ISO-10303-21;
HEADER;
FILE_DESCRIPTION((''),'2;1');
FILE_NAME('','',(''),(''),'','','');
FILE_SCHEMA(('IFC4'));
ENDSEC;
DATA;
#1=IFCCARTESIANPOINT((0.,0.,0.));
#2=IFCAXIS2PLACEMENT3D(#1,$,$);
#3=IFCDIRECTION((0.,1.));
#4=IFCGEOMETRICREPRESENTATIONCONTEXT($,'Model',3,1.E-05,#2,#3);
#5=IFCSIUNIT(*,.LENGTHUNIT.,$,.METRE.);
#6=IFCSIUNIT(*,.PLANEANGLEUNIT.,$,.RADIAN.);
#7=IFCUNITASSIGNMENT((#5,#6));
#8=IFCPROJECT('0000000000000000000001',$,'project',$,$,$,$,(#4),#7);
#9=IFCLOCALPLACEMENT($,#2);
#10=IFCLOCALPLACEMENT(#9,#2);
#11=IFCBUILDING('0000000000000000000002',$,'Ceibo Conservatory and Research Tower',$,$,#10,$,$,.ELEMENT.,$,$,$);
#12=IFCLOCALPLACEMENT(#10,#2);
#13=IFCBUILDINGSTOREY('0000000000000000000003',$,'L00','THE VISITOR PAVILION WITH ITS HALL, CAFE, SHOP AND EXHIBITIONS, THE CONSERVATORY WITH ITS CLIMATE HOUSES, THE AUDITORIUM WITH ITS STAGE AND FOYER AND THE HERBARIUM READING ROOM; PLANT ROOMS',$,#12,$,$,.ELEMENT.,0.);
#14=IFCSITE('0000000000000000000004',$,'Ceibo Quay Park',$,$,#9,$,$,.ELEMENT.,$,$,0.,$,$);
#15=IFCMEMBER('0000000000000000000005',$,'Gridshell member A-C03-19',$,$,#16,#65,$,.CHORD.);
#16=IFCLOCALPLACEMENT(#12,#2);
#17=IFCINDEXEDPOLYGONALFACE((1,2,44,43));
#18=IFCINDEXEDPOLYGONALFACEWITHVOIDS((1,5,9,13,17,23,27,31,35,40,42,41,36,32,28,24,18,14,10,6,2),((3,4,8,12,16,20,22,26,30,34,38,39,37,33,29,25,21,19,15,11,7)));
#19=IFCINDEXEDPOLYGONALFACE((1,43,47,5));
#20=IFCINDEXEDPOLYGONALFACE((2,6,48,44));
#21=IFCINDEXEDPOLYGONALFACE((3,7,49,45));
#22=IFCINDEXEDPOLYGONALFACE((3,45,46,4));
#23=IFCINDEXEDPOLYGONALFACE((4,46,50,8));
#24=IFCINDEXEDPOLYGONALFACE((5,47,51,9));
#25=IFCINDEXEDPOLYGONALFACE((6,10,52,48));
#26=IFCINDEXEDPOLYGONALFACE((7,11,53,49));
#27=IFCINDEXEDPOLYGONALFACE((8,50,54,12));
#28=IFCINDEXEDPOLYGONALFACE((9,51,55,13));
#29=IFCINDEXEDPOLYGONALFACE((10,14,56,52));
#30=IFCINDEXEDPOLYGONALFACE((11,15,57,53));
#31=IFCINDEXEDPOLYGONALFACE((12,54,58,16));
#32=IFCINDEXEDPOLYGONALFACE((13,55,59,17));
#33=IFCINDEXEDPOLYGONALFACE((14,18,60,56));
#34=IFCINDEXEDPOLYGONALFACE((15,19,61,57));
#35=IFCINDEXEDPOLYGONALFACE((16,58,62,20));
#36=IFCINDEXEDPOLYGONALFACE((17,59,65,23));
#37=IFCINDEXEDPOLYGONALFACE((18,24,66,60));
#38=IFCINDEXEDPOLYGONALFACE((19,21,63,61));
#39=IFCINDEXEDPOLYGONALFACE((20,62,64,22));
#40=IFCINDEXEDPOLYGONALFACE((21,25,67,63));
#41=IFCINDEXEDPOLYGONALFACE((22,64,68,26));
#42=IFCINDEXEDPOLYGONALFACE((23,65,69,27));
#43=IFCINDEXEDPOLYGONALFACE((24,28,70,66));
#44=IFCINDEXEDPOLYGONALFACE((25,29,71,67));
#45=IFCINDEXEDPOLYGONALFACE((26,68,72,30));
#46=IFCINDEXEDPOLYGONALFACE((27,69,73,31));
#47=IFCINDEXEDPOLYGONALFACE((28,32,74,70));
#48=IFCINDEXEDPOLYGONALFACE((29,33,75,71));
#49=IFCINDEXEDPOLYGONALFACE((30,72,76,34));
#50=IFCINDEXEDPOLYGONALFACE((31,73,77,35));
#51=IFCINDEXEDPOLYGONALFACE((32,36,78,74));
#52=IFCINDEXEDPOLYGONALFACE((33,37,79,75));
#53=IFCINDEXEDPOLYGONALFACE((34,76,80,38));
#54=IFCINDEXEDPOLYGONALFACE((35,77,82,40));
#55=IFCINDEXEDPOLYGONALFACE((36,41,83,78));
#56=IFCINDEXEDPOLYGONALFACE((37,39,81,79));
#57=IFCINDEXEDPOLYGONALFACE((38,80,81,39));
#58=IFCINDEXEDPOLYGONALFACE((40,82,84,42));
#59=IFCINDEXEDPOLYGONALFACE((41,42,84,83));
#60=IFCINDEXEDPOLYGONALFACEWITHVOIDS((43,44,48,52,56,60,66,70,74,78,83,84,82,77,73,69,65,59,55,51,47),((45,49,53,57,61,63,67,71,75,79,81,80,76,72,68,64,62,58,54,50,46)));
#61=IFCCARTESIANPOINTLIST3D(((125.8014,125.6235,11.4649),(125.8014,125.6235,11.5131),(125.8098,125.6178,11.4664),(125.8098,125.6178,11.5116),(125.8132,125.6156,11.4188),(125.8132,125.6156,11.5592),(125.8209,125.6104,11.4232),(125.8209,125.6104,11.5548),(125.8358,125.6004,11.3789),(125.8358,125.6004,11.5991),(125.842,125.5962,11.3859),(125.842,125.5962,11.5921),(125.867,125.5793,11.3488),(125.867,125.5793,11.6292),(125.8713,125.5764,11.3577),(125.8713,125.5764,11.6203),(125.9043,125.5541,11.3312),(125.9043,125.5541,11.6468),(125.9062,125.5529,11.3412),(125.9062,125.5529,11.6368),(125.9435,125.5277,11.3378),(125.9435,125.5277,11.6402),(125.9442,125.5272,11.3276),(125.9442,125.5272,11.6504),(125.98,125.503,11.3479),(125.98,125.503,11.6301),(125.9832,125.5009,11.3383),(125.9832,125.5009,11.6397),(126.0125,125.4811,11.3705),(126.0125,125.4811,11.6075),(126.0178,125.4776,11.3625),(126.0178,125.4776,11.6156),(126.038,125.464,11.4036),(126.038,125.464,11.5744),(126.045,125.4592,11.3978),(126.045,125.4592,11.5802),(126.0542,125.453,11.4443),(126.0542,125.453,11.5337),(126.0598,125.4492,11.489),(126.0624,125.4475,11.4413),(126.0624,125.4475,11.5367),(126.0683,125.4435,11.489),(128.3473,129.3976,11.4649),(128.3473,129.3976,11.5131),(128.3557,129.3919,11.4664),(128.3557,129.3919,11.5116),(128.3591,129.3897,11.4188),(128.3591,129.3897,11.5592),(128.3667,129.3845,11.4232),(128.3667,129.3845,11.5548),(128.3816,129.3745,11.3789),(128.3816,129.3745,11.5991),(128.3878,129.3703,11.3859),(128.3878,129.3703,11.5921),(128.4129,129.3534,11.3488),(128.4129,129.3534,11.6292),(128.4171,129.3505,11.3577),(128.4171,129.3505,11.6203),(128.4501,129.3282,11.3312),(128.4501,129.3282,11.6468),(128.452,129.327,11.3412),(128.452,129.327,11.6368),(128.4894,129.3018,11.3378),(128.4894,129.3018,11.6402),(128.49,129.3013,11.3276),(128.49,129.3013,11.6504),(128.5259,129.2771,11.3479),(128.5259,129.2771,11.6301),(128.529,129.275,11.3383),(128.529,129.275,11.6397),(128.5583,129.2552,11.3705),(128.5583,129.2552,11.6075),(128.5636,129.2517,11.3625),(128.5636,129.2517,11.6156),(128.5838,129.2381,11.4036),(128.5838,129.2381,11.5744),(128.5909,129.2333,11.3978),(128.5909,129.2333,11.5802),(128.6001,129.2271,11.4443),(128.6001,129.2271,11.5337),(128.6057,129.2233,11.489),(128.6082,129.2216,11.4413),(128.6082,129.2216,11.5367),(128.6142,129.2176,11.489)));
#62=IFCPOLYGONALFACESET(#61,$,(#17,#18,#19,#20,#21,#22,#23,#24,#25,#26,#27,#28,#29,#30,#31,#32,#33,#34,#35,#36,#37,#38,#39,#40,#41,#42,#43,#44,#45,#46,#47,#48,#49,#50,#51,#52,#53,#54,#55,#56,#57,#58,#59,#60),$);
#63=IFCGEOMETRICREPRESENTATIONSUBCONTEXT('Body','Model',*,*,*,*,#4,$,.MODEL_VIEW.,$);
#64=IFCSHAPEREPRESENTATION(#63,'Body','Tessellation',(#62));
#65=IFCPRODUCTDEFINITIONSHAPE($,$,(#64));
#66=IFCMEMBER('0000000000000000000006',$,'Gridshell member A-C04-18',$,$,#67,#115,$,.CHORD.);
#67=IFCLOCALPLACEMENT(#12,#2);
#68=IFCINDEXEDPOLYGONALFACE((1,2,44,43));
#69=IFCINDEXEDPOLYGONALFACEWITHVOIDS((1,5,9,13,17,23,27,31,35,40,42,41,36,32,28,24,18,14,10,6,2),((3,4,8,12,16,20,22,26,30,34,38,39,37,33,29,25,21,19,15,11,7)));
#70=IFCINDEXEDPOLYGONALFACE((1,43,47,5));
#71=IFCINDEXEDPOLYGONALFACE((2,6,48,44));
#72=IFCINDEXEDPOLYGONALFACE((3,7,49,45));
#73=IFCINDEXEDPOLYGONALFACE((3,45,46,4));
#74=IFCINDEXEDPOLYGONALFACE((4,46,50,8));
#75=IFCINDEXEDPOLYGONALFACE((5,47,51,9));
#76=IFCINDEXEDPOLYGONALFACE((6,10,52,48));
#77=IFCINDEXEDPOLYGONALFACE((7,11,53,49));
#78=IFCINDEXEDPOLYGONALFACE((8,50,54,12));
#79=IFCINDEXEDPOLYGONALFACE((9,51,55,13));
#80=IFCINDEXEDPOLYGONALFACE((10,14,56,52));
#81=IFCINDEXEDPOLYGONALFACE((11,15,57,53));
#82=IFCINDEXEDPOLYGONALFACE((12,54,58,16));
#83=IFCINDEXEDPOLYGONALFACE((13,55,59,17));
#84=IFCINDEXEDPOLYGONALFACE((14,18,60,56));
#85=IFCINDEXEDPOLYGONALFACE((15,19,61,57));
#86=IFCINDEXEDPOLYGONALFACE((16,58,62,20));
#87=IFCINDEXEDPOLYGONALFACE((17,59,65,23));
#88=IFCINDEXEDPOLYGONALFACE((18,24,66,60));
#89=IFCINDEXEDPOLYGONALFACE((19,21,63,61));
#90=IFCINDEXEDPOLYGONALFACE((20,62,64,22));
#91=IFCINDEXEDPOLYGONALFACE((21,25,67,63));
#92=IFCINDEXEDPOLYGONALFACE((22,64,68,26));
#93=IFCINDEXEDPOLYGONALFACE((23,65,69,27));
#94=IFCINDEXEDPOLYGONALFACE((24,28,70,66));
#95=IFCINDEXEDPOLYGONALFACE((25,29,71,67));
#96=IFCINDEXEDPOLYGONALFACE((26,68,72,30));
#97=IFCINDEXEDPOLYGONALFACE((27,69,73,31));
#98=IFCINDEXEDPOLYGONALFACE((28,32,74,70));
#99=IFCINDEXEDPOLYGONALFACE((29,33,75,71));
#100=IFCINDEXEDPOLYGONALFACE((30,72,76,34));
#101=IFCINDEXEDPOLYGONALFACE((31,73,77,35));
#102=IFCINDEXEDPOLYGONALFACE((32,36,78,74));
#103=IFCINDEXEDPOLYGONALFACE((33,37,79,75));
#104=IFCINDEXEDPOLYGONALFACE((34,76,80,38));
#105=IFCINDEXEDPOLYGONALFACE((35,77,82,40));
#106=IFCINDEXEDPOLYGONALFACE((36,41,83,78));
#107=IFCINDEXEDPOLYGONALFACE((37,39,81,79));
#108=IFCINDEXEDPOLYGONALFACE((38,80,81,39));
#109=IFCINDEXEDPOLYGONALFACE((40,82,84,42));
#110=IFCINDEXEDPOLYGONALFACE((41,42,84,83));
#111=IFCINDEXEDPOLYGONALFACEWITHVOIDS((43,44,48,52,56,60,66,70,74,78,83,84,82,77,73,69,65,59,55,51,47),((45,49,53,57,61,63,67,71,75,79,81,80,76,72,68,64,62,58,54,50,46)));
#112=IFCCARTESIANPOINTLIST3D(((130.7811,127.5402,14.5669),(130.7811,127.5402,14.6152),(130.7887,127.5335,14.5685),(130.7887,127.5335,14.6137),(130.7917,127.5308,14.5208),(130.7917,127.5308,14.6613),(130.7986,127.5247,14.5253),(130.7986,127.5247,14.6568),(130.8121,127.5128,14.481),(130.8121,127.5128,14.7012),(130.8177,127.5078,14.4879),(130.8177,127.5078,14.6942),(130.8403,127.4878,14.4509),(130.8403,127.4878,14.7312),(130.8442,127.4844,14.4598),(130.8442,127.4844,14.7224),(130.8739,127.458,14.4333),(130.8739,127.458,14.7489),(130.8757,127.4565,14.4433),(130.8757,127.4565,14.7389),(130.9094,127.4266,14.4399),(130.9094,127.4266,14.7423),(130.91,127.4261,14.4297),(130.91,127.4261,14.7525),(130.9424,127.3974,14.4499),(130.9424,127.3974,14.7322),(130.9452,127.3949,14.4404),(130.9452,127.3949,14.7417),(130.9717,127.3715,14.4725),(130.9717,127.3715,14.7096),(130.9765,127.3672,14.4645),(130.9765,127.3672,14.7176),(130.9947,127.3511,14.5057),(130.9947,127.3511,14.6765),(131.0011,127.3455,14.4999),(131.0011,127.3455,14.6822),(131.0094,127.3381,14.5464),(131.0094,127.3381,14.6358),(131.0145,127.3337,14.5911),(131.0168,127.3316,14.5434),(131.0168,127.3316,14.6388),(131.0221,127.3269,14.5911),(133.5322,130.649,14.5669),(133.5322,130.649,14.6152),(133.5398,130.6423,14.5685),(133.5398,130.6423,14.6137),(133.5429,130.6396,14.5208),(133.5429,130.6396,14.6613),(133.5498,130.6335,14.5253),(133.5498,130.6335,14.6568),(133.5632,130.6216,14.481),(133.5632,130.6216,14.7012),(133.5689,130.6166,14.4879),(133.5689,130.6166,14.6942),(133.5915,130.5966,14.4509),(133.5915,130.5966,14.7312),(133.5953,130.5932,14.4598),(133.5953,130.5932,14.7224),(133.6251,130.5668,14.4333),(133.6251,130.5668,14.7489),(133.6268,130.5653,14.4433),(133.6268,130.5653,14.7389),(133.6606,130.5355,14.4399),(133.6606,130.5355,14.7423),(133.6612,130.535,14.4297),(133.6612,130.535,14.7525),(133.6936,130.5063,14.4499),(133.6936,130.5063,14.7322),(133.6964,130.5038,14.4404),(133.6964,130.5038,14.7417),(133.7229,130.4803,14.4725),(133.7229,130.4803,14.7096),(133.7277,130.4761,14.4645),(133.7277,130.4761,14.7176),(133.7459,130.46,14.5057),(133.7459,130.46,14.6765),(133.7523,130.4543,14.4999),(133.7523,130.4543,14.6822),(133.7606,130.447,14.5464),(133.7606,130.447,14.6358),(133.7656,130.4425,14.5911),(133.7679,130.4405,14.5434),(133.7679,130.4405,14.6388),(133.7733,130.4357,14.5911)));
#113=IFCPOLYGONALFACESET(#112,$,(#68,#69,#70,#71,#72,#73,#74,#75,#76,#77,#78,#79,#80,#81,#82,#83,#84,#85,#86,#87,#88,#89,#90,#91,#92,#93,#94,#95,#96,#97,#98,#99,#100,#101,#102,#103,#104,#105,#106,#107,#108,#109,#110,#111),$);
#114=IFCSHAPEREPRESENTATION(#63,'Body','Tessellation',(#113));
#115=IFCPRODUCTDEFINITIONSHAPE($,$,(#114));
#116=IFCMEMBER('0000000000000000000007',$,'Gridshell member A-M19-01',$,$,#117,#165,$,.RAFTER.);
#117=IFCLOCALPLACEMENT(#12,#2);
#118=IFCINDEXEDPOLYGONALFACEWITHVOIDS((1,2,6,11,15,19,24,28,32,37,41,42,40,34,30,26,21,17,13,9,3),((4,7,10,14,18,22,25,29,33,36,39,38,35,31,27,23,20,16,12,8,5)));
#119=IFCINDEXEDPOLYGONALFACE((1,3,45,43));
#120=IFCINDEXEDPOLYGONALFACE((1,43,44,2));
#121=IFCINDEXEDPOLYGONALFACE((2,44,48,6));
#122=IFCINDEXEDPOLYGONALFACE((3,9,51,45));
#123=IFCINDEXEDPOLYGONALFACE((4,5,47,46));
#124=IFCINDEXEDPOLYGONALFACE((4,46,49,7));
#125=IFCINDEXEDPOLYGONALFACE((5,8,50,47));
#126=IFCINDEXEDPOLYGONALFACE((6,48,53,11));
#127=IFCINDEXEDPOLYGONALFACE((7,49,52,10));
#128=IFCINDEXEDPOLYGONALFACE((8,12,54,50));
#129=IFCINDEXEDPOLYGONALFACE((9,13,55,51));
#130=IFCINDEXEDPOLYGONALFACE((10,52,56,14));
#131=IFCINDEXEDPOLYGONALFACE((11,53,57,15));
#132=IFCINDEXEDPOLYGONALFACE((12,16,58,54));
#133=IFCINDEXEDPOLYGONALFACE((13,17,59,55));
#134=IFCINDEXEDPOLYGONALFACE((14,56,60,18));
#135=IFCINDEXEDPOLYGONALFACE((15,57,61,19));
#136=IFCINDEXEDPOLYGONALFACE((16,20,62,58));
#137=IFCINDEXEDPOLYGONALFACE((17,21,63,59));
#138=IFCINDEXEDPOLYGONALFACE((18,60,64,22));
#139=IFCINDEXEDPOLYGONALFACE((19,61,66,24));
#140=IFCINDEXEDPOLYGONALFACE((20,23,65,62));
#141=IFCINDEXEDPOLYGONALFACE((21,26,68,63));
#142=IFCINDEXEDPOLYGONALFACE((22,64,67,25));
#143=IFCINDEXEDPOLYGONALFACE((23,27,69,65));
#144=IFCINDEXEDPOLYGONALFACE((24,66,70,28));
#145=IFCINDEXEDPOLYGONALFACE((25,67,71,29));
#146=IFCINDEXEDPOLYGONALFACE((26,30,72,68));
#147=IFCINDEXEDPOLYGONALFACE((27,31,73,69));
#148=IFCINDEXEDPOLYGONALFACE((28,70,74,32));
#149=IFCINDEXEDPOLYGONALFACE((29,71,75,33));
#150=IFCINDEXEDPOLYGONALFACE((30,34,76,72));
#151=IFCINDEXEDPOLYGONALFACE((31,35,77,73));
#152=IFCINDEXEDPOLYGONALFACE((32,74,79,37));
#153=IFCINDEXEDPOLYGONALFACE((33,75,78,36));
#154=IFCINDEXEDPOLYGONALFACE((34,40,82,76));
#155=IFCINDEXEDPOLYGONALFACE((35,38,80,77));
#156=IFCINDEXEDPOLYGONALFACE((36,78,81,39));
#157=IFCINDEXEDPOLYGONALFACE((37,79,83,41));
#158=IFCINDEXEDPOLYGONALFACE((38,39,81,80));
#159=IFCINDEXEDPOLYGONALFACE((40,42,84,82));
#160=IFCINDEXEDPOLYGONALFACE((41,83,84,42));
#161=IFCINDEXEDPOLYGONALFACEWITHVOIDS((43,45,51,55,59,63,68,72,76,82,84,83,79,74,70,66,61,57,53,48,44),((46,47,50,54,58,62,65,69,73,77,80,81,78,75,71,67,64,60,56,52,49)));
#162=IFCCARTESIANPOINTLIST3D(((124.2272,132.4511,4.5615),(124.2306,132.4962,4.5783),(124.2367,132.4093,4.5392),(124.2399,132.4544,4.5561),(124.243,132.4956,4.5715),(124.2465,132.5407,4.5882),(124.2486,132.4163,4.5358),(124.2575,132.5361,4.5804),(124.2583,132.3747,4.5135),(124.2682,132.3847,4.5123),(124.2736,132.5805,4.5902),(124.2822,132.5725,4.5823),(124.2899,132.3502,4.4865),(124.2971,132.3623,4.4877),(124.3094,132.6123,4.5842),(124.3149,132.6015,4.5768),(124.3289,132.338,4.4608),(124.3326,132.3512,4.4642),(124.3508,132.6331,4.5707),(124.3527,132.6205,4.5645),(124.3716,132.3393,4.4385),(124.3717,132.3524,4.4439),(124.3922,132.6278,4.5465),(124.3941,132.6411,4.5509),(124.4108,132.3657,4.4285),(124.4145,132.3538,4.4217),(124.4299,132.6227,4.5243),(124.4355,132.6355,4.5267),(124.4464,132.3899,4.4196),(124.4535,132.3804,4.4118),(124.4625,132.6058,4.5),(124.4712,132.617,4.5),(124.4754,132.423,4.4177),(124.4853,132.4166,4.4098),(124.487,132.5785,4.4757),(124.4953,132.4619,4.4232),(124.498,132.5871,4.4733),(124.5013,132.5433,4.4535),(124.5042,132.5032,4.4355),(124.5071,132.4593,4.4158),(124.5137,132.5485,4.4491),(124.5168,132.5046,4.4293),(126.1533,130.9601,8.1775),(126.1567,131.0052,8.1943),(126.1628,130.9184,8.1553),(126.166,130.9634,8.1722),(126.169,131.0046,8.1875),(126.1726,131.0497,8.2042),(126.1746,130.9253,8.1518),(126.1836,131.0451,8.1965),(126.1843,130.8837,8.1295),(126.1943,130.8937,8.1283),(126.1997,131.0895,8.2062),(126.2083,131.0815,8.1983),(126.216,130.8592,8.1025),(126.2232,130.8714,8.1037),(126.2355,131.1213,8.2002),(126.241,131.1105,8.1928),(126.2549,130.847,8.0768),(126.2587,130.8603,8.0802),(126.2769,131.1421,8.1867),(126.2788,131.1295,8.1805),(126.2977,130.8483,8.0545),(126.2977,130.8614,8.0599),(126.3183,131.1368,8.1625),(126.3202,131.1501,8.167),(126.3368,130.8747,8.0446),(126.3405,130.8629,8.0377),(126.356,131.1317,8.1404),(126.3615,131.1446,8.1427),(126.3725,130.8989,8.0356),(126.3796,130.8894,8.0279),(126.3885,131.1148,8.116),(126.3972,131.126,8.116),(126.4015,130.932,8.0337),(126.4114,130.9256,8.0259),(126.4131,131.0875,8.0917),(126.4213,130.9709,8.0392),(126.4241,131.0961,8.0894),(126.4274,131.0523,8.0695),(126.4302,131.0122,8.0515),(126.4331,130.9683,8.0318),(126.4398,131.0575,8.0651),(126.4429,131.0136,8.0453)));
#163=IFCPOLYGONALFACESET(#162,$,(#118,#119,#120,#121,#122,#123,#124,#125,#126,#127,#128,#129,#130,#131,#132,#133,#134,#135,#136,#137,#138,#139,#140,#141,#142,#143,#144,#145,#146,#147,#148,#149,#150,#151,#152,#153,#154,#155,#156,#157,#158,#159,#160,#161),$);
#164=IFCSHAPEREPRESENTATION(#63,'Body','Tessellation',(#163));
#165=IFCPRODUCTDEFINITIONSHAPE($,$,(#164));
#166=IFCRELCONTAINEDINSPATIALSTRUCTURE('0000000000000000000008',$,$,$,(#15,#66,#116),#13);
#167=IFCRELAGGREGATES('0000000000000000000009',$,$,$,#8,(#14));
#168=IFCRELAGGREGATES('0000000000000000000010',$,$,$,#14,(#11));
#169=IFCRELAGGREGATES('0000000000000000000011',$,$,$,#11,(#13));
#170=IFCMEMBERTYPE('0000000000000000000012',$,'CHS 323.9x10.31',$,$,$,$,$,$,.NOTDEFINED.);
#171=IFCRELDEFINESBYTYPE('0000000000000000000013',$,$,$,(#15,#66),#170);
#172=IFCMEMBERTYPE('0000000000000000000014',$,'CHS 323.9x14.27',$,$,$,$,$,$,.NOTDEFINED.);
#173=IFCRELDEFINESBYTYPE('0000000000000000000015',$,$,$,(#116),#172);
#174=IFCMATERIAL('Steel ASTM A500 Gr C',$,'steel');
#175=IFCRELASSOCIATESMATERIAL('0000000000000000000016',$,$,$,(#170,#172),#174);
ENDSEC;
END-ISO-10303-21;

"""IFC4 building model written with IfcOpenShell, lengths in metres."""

from ifc_helpers import new_model, si_unit, direction, frame, origin, origin_2d, place, context, subcontext, project, spatial, hollow_circle, extrude, material, material_profile, profile_set, type_object, element, save


model = new_model("IFC4")

# Units and contexts
model_context = context("Model", 3, precision=1e-05, world=origin(), true_north=direction((0.0, 1.0)))
body_context = subcontext(model_context, "Body", "Model", "MODEL_VIEW")
ifc_project = project(units=[si_unit("LENGTHUNIT", "METRE"), si_unit("PLANEANGLEUNIT", "RADIAN")], contexts=[model_context])

# Site, building, storey
site_placement = place(None, origin())
site = spatial("IfcSite", under=ifc_project, at=site_placement, Name="Ceibo Quay Park", CompositionType="ELEMENT", RefElevation=0.0)
building_placement = place(site_placement, origin())
building = spatial("IfcBuilding", under=site, at=building_placement, Name="Ceibo Conservatory and Research Tower", CompositionType="ELEMENT")
storey_placement = place(building_placement, origin())
storey = spatial("IfcBuildingStorey", under=building, at=storey_placement, Name="L00", Description="THE VISITOR PAVILION WITH ITS HALL, CAFE, SHOP AND EXHIBITIONS, THE CONSERVATORY WITH ITS CLIMATE HOUSES, THE AUDITORIUM WITH ITS STAGE AND FOYER AND THE HERBARIUM READING ROOM; PLANT ROOMS", CompositionType="ELEMENT", Elevation=0.0)

# Members
ifc_material_1 = material(Name="Steel ASTM A500 Gr C", Category="steel")
ifc_material_profile_1 = material_profile(ifc_material_1, hollow_circle(Radius=0.1619, WallThickness=0.0103, at=origin_2d()), Name="CHS 323.9x10.31")
ifc_profile_set_1 = profile_set([ifc_material_profile_1], Name="Steel ASTM A500 Gr C")
member_type_1 = type_object("IfcMemberType", Name="CHS 323.9x10.31", PredefinedType="NOTDEFINED", material=ifc_profile_set_1)
member_1_placement = place(storey_placement, frame((128.48, 129.3081, 11.489), z_axis=(-0.559221, -0.829018, 0.0), x_axis=(0.829018, -0.559221, 0.0)))
element("IfcMember", 1, at=member_1_placement, inside=storey, type_object=member_type_1, Name="Gridshell member A-C03-19", PredefinedType="CHORD", context=body_context, shape_type="SweptSolid", body=[
    extrude(hollow_circle(Radius=0.1619, WallThickness=0.0103, at=origin_2d()), origin(), (0.0, 0.0, 1.0), 4.5525),
])
member_2_placement = place(storey_placement, frame((133.6521, 130.543, 14.5911), z_axis=(-0.662716, -0.748871, 0.0), x_axis=(0.748871, -0.662716, 0.0)))
element("IfcMember", 2, at=member_2_placement, inside=storey, type_object=member_type_1, Name="Gridshell member A-C04-18", PredefinedType="CHORD", context=body_context, shape_type="SweptSolid", body=[
    extrude(hollow_circle(Radius=0.1619, WallThickness=0.0103, at=origin_2d()), origin(), (0.0, 0.0, 1.0), 4.1514),
])
ifc_material_profile_2 = material_profile(ifc_material_1, hollow_circle(Radius=0.1619, WallThickness=0.0142, at=origin_2d()), Name="CHS 323.9x14.27")
ifc_profile_set_2 = profile_set([ifc_material_profile_2], Name="Steel ASTM A500 Gr C")
member_type_2 = type_object("IfcMemberType", Name="CHS 323.9x14.27", PredefinedType="NOTDEFINED", material=ifc_profile_set_2)
member_3_placement = place(storey_placement, frame((124.3721, 132.489, 4.5), z_axis=(0.44177, -0.341981, 0.82939), x_axis=(0.612135, 0.790753, 0.0)))
element("IfcMember", 3, at=member_3_placement, inside=storey, type_object=member_type_2, Name="Gridshell member A-M19-01", PredefinedType="RAFTER", context=body_context, shape_type="SweptSolid", body=[
    extrude(hollow_circle(Radius=0.1619, WallThickness=0.0142, at=origin_2d()), origin(), (0.0, 0.0, 1.0), 4.3599),
])

save(model, "model.ifc")
